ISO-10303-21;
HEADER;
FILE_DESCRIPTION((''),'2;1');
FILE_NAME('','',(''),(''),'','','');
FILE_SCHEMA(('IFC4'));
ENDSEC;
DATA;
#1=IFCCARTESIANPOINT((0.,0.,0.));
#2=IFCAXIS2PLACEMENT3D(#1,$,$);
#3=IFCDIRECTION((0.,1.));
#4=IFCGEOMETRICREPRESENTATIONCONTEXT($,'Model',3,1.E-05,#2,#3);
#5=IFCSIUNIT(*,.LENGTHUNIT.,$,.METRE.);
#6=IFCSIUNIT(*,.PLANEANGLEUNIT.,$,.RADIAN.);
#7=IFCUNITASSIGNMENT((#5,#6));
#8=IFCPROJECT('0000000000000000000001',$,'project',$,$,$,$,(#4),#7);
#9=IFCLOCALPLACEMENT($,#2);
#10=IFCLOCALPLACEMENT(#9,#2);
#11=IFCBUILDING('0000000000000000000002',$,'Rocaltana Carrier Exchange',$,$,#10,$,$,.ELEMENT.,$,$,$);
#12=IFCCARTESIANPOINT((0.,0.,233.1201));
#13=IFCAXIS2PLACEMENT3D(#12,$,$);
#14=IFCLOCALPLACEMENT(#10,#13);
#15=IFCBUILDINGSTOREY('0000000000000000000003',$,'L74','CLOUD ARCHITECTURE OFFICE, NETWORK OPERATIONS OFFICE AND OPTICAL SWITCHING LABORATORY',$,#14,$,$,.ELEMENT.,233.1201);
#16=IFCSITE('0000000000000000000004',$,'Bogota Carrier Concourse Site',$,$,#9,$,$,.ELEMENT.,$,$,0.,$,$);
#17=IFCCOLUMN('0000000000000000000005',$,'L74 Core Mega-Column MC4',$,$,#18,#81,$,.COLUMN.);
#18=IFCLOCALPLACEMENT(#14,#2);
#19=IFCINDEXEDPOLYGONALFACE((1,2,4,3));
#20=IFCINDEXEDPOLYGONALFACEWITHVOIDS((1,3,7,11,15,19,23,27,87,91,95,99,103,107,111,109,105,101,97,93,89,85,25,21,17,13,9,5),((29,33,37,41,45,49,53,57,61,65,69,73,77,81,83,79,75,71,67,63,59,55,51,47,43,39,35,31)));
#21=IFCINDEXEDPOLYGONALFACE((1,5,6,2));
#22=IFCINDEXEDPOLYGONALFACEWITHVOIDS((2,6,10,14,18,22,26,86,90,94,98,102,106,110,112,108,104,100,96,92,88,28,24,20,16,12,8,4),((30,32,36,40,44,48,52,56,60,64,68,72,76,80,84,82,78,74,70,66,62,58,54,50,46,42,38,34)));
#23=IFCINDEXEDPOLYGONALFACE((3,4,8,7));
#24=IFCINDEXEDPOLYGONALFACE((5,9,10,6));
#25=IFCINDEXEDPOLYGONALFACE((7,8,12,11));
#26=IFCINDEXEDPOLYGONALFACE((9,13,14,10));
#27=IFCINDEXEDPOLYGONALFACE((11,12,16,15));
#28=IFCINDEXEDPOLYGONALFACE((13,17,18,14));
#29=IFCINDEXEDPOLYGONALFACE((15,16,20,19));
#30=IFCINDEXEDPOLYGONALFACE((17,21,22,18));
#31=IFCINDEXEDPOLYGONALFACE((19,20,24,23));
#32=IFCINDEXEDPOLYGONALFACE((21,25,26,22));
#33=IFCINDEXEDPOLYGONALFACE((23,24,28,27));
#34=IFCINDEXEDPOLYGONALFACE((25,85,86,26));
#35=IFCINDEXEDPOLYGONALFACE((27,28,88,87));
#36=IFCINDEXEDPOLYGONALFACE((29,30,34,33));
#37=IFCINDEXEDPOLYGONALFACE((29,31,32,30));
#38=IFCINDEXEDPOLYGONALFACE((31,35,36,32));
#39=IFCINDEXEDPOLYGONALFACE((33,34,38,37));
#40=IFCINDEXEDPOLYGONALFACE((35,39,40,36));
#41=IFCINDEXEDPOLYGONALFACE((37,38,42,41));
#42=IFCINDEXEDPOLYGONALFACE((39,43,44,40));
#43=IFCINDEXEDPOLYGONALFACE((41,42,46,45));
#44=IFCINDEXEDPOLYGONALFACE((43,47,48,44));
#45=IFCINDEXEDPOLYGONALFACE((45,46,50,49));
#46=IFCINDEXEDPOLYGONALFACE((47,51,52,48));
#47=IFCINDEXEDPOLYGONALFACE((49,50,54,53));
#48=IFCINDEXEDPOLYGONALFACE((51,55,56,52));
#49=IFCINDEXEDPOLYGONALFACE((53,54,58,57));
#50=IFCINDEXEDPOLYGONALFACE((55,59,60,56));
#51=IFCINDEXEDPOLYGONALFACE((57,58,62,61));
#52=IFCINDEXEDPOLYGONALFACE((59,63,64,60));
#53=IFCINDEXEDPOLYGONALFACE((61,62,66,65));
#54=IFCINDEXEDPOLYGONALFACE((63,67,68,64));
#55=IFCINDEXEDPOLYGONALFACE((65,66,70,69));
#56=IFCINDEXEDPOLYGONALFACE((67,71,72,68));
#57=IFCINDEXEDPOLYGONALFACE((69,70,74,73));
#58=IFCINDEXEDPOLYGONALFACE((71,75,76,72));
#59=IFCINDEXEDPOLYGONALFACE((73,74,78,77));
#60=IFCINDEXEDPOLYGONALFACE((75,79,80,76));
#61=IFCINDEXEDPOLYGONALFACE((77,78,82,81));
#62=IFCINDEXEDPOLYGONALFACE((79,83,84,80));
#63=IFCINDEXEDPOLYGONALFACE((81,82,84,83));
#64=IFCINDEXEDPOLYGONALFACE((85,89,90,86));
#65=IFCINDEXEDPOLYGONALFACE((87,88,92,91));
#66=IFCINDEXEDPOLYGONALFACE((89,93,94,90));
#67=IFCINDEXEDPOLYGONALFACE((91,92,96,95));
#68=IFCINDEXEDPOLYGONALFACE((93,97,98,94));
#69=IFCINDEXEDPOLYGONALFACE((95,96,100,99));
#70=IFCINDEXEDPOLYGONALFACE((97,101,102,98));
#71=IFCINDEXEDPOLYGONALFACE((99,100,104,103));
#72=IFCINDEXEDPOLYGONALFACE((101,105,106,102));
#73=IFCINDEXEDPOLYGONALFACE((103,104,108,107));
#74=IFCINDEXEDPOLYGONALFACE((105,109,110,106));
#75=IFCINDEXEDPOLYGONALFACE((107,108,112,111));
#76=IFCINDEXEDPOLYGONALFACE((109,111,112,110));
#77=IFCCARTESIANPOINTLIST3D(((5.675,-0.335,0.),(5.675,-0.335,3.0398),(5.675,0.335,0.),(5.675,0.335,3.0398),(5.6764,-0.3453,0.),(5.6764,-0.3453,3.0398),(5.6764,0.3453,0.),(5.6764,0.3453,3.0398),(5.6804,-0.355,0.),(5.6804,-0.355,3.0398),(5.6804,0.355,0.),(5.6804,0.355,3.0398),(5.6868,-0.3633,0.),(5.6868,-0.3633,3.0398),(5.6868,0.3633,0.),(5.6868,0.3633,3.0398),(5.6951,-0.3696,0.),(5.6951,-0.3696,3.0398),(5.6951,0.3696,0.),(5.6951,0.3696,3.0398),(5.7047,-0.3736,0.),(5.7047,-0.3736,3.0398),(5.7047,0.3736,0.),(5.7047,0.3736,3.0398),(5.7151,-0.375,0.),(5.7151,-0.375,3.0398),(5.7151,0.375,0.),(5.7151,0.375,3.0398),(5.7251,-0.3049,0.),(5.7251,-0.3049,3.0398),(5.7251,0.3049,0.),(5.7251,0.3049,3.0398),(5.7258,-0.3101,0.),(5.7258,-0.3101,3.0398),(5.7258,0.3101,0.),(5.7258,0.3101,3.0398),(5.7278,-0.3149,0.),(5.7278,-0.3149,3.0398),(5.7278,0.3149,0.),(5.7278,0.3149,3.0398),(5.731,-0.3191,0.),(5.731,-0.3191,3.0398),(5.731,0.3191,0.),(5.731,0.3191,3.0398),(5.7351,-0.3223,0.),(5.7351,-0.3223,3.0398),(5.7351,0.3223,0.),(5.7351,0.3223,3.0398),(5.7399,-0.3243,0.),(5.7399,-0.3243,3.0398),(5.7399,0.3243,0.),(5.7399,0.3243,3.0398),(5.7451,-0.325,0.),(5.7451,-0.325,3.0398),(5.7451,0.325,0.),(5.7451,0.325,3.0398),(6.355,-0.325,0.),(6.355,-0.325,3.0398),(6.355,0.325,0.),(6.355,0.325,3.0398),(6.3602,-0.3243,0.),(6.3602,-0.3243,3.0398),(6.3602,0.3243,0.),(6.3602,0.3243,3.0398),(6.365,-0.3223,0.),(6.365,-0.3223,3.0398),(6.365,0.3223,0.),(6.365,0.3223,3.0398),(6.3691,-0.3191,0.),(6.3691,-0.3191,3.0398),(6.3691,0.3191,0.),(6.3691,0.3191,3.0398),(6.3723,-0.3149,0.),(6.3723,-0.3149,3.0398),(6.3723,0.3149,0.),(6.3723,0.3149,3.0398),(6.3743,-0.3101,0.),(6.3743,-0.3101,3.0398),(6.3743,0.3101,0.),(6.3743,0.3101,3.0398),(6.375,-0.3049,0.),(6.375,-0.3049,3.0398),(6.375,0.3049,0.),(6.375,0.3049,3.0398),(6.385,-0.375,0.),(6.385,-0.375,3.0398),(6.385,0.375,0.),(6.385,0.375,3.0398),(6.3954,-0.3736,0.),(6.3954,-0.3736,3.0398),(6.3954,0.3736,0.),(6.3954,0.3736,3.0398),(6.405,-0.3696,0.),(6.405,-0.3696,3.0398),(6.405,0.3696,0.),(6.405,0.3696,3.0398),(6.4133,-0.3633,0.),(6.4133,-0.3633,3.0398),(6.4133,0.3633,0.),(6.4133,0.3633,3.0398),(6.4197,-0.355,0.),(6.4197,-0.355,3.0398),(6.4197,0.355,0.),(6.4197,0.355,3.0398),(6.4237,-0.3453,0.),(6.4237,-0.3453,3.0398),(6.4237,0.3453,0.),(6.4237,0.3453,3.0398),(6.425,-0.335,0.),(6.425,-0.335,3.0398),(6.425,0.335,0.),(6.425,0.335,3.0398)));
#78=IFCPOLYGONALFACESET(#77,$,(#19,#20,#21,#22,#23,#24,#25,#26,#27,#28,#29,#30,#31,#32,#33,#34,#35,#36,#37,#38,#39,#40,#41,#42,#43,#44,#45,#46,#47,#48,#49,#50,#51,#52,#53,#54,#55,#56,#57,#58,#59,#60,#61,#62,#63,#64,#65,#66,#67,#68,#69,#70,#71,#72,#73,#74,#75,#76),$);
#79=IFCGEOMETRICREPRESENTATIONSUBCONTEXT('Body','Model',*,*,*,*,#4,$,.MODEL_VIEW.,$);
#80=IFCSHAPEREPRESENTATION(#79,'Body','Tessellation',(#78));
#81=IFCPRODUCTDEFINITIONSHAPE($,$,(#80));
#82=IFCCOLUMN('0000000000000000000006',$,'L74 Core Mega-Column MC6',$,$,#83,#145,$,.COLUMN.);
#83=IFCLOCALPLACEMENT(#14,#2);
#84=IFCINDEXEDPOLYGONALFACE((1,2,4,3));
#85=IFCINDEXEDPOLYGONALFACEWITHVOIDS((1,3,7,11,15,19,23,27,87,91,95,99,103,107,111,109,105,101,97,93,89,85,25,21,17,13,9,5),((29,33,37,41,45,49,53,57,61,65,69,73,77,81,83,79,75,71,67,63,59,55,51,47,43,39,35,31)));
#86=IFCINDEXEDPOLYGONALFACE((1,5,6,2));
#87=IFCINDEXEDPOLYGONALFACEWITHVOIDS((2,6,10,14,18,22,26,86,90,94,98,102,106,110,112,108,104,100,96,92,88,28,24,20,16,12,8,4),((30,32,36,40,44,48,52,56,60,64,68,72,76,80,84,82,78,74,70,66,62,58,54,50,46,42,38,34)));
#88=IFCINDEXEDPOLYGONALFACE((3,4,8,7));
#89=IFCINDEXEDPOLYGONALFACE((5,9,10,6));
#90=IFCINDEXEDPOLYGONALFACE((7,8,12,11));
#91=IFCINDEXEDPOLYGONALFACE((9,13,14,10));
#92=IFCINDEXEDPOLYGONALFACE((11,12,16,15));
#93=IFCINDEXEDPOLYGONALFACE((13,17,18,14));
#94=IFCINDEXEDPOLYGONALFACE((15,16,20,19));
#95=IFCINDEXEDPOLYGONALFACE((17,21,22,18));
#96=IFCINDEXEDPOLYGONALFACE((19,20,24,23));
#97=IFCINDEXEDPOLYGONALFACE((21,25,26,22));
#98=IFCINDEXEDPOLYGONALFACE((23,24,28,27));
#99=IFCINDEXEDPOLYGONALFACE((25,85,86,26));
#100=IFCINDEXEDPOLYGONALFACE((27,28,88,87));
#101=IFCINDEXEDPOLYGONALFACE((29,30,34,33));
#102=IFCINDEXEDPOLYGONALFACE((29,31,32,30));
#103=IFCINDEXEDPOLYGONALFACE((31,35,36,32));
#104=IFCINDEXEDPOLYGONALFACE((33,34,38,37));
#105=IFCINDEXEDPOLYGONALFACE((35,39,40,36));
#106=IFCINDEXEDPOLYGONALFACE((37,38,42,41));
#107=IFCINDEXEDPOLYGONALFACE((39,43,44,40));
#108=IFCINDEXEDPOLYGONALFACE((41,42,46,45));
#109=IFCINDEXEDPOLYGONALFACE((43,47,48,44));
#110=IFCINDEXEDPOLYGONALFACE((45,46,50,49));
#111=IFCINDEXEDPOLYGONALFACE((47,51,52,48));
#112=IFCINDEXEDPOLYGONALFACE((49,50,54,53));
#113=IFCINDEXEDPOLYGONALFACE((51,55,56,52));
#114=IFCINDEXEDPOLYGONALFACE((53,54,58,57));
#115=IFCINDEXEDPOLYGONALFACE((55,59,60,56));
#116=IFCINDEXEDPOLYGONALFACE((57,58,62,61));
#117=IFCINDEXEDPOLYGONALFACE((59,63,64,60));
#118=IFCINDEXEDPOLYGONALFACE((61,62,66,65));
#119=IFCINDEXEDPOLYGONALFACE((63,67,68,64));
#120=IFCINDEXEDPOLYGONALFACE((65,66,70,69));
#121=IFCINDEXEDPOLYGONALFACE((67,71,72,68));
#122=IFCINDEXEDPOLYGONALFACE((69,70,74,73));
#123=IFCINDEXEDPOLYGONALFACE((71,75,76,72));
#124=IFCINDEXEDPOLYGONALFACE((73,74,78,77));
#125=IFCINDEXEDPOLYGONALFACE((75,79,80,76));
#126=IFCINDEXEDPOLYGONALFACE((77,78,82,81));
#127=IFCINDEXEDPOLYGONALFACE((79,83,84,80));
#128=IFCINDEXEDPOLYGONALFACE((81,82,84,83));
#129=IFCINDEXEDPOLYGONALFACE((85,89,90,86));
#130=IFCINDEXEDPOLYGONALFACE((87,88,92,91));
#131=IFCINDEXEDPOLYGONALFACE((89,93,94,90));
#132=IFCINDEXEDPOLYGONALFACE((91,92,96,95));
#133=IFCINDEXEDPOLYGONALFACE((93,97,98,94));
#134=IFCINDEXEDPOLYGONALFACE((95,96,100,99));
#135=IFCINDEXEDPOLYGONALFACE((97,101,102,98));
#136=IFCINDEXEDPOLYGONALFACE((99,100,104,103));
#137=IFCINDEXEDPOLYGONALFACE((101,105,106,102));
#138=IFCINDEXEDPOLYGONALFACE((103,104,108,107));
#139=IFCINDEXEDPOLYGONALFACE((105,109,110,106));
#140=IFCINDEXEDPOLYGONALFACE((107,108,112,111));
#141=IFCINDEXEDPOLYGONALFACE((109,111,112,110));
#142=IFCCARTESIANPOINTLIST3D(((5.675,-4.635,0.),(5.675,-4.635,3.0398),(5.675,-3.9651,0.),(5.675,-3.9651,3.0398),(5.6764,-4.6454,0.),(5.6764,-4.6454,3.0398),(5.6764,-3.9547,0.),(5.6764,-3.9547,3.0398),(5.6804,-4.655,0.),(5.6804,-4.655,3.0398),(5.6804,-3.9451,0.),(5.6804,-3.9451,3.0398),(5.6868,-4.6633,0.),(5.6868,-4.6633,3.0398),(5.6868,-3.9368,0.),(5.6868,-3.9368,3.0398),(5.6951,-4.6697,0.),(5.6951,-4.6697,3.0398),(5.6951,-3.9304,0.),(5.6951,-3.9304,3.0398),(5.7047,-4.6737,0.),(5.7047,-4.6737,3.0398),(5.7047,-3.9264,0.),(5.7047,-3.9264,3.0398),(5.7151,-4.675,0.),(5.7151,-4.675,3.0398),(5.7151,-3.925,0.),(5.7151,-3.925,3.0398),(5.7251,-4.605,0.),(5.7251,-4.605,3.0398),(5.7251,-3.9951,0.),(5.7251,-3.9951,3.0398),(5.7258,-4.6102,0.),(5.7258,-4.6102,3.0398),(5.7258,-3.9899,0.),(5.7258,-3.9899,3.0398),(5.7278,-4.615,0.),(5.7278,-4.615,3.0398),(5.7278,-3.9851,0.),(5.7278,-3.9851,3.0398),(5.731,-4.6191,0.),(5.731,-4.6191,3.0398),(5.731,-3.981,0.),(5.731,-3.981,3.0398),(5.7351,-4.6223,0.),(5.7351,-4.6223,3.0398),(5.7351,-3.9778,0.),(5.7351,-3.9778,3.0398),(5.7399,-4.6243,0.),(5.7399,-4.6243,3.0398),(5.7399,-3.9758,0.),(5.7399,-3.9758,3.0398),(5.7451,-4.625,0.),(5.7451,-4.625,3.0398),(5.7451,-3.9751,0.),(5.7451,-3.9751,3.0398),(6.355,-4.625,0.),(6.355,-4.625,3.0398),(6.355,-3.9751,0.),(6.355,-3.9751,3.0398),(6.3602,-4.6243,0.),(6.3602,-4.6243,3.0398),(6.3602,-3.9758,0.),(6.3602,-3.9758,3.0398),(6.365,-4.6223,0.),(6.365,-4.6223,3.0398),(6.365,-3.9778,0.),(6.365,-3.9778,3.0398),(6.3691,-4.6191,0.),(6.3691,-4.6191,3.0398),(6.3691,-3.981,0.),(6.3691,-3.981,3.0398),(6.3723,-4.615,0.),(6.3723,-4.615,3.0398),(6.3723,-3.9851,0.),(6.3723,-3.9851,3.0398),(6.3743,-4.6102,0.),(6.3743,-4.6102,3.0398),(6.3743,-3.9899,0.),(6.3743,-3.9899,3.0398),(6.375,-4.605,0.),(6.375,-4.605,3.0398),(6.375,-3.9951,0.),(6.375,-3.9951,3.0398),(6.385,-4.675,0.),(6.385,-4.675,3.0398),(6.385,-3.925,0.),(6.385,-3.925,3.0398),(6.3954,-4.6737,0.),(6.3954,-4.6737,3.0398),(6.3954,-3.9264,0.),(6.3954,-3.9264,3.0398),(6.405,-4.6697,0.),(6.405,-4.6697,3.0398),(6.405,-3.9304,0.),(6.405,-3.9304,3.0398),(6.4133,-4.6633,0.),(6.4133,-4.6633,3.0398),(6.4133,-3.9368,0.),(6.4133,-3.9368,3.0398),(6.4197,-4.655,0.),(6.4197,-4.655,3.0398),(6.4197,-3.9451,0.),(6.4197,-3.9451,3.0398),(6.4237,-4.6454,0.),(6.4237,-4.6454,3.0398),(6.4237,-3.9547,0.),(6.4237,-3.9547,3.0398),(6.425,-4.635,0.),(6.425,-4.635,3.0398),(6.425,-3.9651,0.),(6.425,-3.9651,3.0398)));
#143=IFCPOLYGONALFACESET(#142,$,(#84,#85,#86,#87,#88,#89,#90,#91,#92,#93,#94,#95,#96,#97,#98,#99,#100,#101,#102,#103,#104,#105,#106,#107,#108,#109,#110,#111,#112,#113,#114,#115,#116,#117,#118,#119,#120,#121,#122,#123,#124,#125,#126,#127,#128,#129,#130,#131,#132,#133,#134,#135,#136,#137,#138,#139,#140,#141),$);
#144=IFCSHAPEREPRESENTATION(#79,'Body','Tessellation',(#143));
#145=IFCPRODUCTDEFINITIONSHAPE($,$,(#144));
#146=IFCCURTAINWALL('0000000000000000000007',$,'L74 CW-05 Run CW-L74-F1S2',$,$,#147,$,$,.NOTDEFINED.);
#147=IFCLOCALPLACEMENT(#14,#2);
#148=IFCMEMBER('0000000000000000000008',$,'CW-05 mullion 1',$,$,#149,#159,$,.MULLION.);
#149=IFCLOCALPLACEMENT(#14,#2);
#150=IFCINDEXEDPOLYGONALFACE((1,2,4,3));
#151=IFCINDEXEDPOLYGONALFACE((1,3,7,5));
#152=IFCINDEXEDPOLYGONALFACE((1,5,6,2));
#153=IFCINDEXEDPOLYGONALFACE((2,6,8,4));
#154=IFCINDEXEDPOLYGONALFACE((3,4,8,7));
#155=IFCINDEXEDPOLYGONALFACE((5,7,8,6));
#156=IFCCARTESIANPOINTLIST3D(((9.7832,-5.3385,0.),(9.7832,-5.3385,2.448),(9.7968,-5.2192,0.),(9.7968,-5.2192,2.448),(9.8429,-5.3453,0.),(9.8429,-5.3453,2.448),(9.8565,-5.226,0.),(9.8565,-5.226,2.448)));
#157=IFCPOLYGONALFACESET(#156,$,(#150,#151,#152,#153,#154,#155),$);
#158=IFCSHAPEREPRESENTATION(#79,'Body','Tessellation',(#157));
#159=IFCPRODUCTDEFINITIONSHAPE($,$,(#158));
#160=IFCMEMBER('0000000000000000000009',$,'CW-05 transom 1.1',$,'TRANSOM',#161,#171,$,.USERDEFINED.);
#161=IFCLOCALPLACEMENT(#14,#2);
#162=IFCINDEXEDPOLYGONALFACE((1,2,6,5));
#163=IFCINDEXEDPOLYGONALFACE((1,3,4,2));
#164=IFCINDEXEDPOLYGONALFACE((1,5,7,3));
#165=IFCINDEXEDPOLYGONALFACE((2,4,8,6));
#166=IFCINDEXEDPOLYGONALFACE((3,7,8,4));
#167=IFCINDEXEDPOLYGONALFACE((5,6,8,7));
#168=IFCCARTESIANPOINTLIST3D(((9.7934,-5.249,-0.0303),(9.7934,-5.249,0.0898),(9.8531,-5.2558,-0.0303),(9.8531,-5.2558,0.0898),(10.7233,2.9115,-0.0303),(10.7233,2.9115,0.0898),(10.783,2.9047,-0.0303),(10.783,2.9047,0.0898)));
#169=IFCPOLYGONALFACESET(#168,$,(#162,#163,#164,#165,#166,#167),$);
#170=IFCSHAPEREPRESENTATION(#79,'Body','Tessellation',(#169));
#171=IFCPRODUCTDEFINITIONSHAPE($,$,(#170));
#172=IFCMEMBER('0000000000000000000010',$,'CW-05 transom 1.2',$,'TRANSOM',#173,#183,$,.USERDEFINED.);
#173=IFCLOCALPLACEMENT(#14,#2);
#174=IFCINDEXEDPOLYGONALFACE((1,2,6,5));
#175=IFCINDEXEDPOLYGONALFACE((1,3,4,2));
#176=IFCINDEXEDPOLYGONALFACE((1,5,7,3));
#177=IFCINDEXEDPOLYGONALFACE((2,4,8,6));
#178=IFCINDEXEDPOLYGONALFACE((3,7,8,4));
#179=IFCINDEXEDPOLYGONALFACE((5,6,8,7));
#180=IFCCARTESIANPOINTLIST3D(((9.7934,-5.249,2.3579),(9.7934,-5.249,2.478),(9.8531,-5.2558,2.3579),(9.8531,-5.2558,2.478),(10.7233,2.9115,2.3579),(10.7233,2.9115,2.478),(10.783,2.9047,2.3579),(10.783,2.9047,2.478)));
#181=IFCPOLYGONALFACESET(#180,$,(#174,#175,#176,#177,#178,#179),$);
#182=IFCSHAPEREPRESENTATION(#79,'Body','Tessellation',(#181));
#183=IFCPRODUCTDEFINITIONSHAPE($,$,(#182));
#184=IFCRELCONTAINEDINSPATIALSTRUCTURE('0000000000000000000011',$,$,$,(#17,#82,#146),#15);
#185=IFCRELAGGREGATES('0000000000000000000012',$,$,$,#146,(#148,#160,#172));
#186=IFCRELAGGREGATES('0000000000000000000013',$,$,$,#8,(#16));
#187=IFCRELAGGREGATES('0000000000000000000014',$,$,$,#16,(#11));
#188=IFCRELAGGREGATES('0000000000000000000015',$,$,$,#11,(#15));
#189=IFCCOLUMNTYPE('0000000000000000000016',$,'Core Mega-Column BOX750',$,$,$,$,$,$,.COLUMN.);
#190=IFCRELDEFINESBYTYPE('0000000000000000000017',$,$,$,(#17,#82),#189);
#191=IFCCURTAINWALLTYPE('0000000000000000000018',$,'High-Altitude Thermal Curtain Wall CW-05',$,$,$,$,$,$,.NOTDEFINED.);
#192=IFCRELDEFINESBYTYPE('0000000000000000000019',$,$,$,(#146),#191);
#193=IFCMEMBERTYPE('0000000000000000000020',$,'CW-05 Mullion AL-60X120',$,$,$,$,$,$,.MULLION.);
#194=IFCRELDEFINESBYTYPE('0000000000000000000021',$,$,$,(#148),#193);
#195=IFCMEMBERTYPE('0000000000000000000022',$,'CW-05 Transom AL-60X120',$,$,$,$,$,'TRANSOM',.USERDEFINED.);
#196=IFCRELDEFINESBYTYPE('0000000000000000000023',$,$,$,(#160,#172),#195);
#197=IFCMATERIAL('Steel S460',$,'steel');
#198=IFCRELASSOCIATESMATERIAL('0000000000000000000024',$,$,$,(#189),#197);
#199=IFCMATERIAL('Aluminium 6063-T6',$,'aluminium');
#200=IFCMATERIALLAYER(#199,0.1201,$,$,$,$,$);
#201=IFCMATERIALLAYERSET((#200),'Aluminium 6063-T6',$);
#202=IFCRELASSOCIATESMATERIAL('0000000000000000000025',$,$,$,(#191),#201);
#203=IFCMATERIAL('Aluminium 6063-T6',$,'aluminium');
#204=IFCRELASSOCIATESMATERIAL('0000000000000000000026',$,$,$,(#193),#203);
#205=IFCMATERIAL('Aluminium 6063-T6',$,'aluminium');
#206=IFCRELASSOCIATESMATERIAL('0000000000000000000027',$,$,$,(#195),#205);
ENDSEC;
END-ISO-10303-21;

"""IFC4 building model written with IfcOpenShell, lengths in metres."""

from ifc_helpers import new_model, si_unit, direction, frame, origin, origin_2d, place, context, subcontext, project, spatial, rectangle, hollow_rectangle, extrude, material, layer, layer_set, material_profile, profile_set, type_object, element, aggregate, save


model = new_model("IFC4")

# Units and contexts
model_context = context("Model", 3, precision=1e-05, world=origin(), true_north=direction((0.0, 1.0)))
body_context = subcontext(model_context, "Body", "Model", "MODEL_VIEW")
ifc_project = project(units=[si_unit("LENGTHUNIT", "METRE"), si_unit("PLANEANGLEUNIT", "RADIAN")], contexts=[model_context])

# Site, building, storey
site_placement = place(None, origin())
site = spatial("IfcSite", under=ifc_project, at=site_placement, Name="Bogota Carrier Concourse Site", CompositionType="ELEMENT", RefElevation=0.0)
building_placement = place(site_placement, origin())
building = spatial("IfcBuilding", under=site, at=building_placement, Name="Rocaltana Carrier Exchange", CompositionType="ELEMENT")
storey_placement = place(building_placement, frame((0.0, 0.0, 233.1201)))
storey = spatial("IfcBuildingStorey", under=building, at=storey_placement, Name="L74", Description="CLOUD ARCHITECTURE OFFICE, NETWORK OPERATIONS OFFICE AND OPTICAL SWITCHING LABORATORY", CompositionType="ELEMENT", Elevation=233.1201)

# Columns
ifc_material_1 = material(Name="Steel S460", Category="steel")
ifc_material_profile_1 = material_profile(ifc_material_1, hollow_rectangle(XDim=0.75, YDim=0.75, WallThickness=0.05, InnerFilletRadius=0.02, OuterFilletRadius=0.04, at=origin_2d()), Name="BOX750X750X50")
ifc_profile_set_1 = profile_set([ifc_material_profile_1], Name="Steel S460")
column_type = type_object("IfcColumnType", Name="Core Mega-Column BOX750", PredefinedType="COLUMN", material=ifc_profile_set_1)
for number, where, z_axis, x_axis, name in (
    (1, (6.05, 0.0, 0.0), (0.0, 0.0, 1.0), (1.0, 0.0, 0.0), "L74 Core Mega-Column MC4"),
    (2, (6.05, -4.3, 0.0), (0.0, 0.0, 1.0), (1.0, 0.0, 0.0), "L74 Core Mega-Column MC6"),
):
    element("IfcColumn", number, at=place(storey_placement, frame(where, z_axis=z_axis, x_axis=x_axis)), inside=storey, type_object=column_type, Name=name, PredefinedType="COLUMN", context=body_context, shape_type="SweptSolid", body=[
        extrude(hollow_rectangle(XDim=0.75, YDim=0.75, WallThickness=0.05, InnerFilletRadius=0.02, OuterFilletRadius=0.04, at=origin_2d()), origin(), (0.0, 0.0, 1.0), 3.0398),
    ])

# Curtain wall, members
ifc_material_2 = material(Name="Aluminium 6063-T6", Category="aluminium")
ifc_layer_1 = layer(ifc_material_2, 0.1201)
ifc_layer_set_1 = layer_set([ifc_layer_1], Name="Aluminium 6063-T6")
curtain_wall_type = type_object("IfcCurtainWallType", Name="High-Altitude Thermal Curtain Wall CW-05", PredefinedType="NOTDEFINED", material=ifc_layer_set_1)
curtain_wall_placement = place(storey_placement, origin())
curtain_wall = element("IfcCurtainWall", 3, at=curtain_wall_placement, inside=storey, type_object=curtain_wall_type, Name="L74 CW-05 Run CW-L74-F1S2", PredefinedType="NOTDEFINED")
ifc_material_3 = material(Name="Aluminium 6063-T6", Category="aluminium")
ifc_material_profile_2 = material_profile(ifc_material_3, rectangle(XDim=0.0601, YDim=0.1201, at=origin_2d()), Name="AL-60X120")
ifc_profile_set_2 = profile_set([ifc_material_profile_2], Name="Aluminium 6063-T6")
member_type_1 = type_object("IfcMemberType", Name="CW-05 Mullion AL-60X120", PredefinedType="MULLION", material=ifc_profile_set_2)
member_1_placement = place(storey_placement, frame((9.8198, -5.2822, 0.0), z_axis=(0.0, 0.0, 1.0), x_axis=(-0.993571, 0.113209, 0.0)))
member_1 = element("IfcMember", 4, at=member_1_placement, type_object=member_type_1, Name="CW-05 mullion 1", PredefinedType="MULLION", context=body_context, shape_type="SweptSolid", body=[
    extrude(rectangle(XDim=0.0601, YDim=0.1201, at=origin_2d()), origin(), (0.0, 0.0, 1.0), 2.448),
])
ifc_material_4 = material(Name="Aluminium 6063-T6", Category="aluminium")
ifc_material_profile_3 = material_profile(ifc_material_4, rectangle(XDim=0.0601, YDim=0.1201, at=origin_2d()), Name="AL-60X120")
ifc_profile_set_3 = profile_set([ifc_material_profile_3], Name="Aluminium 6063-T6")
member_type_2 = type_object("IfcMemberType", Name="CW-05 Transom AL-60X120", ElementType="TRANSOM", PredefinedType="USERDEFINED", material=ifc_profile_set_3)
member_2_placement = place(storey_placement, frame((9.8232, -5.2524, 0.0298), z_axis=(0.11322, 0.99357, 0.0), x_axis=(-0.99357, 0.11322, 0.0)))
member_2 = element("IfcMember", 5, at=member_2_placement, type_object=member_type_2, Name="CW-05 transom 1.1", ObjectType="TRANSOM", PredefinedType="USERDEFINED", context=body_context, shape_type="SweptSolid", body=[
    extrude(rectangle(XDim=0.0601, YDim=0.1201, at=origin_2d()), origin(), (0.0, 0.0, 1.0), 8.2134),
])
member_3_placement = place(storey_placement, frame((9.8232, -5.2524, 2.418), z_axis=(0.11322, 0.99357, 0.0), x_axis=(-0.99357, 0.11322, 0.0)))
member_3 = element("IfcMember", 6, at=member_3_placement, type_object=member_type_2, Name="CW-05 transom 1.2", ObjectType="TRANSOM", PredefinedType="USERDEFINED", context=body_context, shape_type="SweptSolid", body=[
    extrude(rectangle(XDim=0.0601, YDim=0.1201, at=origin_2d()), origin(), (0.0, 0.0, 1.0), 8.2134),
])

aggregate(curtain_wall, [member_1, member_2, member_3])

save(model, "model.ifc")
